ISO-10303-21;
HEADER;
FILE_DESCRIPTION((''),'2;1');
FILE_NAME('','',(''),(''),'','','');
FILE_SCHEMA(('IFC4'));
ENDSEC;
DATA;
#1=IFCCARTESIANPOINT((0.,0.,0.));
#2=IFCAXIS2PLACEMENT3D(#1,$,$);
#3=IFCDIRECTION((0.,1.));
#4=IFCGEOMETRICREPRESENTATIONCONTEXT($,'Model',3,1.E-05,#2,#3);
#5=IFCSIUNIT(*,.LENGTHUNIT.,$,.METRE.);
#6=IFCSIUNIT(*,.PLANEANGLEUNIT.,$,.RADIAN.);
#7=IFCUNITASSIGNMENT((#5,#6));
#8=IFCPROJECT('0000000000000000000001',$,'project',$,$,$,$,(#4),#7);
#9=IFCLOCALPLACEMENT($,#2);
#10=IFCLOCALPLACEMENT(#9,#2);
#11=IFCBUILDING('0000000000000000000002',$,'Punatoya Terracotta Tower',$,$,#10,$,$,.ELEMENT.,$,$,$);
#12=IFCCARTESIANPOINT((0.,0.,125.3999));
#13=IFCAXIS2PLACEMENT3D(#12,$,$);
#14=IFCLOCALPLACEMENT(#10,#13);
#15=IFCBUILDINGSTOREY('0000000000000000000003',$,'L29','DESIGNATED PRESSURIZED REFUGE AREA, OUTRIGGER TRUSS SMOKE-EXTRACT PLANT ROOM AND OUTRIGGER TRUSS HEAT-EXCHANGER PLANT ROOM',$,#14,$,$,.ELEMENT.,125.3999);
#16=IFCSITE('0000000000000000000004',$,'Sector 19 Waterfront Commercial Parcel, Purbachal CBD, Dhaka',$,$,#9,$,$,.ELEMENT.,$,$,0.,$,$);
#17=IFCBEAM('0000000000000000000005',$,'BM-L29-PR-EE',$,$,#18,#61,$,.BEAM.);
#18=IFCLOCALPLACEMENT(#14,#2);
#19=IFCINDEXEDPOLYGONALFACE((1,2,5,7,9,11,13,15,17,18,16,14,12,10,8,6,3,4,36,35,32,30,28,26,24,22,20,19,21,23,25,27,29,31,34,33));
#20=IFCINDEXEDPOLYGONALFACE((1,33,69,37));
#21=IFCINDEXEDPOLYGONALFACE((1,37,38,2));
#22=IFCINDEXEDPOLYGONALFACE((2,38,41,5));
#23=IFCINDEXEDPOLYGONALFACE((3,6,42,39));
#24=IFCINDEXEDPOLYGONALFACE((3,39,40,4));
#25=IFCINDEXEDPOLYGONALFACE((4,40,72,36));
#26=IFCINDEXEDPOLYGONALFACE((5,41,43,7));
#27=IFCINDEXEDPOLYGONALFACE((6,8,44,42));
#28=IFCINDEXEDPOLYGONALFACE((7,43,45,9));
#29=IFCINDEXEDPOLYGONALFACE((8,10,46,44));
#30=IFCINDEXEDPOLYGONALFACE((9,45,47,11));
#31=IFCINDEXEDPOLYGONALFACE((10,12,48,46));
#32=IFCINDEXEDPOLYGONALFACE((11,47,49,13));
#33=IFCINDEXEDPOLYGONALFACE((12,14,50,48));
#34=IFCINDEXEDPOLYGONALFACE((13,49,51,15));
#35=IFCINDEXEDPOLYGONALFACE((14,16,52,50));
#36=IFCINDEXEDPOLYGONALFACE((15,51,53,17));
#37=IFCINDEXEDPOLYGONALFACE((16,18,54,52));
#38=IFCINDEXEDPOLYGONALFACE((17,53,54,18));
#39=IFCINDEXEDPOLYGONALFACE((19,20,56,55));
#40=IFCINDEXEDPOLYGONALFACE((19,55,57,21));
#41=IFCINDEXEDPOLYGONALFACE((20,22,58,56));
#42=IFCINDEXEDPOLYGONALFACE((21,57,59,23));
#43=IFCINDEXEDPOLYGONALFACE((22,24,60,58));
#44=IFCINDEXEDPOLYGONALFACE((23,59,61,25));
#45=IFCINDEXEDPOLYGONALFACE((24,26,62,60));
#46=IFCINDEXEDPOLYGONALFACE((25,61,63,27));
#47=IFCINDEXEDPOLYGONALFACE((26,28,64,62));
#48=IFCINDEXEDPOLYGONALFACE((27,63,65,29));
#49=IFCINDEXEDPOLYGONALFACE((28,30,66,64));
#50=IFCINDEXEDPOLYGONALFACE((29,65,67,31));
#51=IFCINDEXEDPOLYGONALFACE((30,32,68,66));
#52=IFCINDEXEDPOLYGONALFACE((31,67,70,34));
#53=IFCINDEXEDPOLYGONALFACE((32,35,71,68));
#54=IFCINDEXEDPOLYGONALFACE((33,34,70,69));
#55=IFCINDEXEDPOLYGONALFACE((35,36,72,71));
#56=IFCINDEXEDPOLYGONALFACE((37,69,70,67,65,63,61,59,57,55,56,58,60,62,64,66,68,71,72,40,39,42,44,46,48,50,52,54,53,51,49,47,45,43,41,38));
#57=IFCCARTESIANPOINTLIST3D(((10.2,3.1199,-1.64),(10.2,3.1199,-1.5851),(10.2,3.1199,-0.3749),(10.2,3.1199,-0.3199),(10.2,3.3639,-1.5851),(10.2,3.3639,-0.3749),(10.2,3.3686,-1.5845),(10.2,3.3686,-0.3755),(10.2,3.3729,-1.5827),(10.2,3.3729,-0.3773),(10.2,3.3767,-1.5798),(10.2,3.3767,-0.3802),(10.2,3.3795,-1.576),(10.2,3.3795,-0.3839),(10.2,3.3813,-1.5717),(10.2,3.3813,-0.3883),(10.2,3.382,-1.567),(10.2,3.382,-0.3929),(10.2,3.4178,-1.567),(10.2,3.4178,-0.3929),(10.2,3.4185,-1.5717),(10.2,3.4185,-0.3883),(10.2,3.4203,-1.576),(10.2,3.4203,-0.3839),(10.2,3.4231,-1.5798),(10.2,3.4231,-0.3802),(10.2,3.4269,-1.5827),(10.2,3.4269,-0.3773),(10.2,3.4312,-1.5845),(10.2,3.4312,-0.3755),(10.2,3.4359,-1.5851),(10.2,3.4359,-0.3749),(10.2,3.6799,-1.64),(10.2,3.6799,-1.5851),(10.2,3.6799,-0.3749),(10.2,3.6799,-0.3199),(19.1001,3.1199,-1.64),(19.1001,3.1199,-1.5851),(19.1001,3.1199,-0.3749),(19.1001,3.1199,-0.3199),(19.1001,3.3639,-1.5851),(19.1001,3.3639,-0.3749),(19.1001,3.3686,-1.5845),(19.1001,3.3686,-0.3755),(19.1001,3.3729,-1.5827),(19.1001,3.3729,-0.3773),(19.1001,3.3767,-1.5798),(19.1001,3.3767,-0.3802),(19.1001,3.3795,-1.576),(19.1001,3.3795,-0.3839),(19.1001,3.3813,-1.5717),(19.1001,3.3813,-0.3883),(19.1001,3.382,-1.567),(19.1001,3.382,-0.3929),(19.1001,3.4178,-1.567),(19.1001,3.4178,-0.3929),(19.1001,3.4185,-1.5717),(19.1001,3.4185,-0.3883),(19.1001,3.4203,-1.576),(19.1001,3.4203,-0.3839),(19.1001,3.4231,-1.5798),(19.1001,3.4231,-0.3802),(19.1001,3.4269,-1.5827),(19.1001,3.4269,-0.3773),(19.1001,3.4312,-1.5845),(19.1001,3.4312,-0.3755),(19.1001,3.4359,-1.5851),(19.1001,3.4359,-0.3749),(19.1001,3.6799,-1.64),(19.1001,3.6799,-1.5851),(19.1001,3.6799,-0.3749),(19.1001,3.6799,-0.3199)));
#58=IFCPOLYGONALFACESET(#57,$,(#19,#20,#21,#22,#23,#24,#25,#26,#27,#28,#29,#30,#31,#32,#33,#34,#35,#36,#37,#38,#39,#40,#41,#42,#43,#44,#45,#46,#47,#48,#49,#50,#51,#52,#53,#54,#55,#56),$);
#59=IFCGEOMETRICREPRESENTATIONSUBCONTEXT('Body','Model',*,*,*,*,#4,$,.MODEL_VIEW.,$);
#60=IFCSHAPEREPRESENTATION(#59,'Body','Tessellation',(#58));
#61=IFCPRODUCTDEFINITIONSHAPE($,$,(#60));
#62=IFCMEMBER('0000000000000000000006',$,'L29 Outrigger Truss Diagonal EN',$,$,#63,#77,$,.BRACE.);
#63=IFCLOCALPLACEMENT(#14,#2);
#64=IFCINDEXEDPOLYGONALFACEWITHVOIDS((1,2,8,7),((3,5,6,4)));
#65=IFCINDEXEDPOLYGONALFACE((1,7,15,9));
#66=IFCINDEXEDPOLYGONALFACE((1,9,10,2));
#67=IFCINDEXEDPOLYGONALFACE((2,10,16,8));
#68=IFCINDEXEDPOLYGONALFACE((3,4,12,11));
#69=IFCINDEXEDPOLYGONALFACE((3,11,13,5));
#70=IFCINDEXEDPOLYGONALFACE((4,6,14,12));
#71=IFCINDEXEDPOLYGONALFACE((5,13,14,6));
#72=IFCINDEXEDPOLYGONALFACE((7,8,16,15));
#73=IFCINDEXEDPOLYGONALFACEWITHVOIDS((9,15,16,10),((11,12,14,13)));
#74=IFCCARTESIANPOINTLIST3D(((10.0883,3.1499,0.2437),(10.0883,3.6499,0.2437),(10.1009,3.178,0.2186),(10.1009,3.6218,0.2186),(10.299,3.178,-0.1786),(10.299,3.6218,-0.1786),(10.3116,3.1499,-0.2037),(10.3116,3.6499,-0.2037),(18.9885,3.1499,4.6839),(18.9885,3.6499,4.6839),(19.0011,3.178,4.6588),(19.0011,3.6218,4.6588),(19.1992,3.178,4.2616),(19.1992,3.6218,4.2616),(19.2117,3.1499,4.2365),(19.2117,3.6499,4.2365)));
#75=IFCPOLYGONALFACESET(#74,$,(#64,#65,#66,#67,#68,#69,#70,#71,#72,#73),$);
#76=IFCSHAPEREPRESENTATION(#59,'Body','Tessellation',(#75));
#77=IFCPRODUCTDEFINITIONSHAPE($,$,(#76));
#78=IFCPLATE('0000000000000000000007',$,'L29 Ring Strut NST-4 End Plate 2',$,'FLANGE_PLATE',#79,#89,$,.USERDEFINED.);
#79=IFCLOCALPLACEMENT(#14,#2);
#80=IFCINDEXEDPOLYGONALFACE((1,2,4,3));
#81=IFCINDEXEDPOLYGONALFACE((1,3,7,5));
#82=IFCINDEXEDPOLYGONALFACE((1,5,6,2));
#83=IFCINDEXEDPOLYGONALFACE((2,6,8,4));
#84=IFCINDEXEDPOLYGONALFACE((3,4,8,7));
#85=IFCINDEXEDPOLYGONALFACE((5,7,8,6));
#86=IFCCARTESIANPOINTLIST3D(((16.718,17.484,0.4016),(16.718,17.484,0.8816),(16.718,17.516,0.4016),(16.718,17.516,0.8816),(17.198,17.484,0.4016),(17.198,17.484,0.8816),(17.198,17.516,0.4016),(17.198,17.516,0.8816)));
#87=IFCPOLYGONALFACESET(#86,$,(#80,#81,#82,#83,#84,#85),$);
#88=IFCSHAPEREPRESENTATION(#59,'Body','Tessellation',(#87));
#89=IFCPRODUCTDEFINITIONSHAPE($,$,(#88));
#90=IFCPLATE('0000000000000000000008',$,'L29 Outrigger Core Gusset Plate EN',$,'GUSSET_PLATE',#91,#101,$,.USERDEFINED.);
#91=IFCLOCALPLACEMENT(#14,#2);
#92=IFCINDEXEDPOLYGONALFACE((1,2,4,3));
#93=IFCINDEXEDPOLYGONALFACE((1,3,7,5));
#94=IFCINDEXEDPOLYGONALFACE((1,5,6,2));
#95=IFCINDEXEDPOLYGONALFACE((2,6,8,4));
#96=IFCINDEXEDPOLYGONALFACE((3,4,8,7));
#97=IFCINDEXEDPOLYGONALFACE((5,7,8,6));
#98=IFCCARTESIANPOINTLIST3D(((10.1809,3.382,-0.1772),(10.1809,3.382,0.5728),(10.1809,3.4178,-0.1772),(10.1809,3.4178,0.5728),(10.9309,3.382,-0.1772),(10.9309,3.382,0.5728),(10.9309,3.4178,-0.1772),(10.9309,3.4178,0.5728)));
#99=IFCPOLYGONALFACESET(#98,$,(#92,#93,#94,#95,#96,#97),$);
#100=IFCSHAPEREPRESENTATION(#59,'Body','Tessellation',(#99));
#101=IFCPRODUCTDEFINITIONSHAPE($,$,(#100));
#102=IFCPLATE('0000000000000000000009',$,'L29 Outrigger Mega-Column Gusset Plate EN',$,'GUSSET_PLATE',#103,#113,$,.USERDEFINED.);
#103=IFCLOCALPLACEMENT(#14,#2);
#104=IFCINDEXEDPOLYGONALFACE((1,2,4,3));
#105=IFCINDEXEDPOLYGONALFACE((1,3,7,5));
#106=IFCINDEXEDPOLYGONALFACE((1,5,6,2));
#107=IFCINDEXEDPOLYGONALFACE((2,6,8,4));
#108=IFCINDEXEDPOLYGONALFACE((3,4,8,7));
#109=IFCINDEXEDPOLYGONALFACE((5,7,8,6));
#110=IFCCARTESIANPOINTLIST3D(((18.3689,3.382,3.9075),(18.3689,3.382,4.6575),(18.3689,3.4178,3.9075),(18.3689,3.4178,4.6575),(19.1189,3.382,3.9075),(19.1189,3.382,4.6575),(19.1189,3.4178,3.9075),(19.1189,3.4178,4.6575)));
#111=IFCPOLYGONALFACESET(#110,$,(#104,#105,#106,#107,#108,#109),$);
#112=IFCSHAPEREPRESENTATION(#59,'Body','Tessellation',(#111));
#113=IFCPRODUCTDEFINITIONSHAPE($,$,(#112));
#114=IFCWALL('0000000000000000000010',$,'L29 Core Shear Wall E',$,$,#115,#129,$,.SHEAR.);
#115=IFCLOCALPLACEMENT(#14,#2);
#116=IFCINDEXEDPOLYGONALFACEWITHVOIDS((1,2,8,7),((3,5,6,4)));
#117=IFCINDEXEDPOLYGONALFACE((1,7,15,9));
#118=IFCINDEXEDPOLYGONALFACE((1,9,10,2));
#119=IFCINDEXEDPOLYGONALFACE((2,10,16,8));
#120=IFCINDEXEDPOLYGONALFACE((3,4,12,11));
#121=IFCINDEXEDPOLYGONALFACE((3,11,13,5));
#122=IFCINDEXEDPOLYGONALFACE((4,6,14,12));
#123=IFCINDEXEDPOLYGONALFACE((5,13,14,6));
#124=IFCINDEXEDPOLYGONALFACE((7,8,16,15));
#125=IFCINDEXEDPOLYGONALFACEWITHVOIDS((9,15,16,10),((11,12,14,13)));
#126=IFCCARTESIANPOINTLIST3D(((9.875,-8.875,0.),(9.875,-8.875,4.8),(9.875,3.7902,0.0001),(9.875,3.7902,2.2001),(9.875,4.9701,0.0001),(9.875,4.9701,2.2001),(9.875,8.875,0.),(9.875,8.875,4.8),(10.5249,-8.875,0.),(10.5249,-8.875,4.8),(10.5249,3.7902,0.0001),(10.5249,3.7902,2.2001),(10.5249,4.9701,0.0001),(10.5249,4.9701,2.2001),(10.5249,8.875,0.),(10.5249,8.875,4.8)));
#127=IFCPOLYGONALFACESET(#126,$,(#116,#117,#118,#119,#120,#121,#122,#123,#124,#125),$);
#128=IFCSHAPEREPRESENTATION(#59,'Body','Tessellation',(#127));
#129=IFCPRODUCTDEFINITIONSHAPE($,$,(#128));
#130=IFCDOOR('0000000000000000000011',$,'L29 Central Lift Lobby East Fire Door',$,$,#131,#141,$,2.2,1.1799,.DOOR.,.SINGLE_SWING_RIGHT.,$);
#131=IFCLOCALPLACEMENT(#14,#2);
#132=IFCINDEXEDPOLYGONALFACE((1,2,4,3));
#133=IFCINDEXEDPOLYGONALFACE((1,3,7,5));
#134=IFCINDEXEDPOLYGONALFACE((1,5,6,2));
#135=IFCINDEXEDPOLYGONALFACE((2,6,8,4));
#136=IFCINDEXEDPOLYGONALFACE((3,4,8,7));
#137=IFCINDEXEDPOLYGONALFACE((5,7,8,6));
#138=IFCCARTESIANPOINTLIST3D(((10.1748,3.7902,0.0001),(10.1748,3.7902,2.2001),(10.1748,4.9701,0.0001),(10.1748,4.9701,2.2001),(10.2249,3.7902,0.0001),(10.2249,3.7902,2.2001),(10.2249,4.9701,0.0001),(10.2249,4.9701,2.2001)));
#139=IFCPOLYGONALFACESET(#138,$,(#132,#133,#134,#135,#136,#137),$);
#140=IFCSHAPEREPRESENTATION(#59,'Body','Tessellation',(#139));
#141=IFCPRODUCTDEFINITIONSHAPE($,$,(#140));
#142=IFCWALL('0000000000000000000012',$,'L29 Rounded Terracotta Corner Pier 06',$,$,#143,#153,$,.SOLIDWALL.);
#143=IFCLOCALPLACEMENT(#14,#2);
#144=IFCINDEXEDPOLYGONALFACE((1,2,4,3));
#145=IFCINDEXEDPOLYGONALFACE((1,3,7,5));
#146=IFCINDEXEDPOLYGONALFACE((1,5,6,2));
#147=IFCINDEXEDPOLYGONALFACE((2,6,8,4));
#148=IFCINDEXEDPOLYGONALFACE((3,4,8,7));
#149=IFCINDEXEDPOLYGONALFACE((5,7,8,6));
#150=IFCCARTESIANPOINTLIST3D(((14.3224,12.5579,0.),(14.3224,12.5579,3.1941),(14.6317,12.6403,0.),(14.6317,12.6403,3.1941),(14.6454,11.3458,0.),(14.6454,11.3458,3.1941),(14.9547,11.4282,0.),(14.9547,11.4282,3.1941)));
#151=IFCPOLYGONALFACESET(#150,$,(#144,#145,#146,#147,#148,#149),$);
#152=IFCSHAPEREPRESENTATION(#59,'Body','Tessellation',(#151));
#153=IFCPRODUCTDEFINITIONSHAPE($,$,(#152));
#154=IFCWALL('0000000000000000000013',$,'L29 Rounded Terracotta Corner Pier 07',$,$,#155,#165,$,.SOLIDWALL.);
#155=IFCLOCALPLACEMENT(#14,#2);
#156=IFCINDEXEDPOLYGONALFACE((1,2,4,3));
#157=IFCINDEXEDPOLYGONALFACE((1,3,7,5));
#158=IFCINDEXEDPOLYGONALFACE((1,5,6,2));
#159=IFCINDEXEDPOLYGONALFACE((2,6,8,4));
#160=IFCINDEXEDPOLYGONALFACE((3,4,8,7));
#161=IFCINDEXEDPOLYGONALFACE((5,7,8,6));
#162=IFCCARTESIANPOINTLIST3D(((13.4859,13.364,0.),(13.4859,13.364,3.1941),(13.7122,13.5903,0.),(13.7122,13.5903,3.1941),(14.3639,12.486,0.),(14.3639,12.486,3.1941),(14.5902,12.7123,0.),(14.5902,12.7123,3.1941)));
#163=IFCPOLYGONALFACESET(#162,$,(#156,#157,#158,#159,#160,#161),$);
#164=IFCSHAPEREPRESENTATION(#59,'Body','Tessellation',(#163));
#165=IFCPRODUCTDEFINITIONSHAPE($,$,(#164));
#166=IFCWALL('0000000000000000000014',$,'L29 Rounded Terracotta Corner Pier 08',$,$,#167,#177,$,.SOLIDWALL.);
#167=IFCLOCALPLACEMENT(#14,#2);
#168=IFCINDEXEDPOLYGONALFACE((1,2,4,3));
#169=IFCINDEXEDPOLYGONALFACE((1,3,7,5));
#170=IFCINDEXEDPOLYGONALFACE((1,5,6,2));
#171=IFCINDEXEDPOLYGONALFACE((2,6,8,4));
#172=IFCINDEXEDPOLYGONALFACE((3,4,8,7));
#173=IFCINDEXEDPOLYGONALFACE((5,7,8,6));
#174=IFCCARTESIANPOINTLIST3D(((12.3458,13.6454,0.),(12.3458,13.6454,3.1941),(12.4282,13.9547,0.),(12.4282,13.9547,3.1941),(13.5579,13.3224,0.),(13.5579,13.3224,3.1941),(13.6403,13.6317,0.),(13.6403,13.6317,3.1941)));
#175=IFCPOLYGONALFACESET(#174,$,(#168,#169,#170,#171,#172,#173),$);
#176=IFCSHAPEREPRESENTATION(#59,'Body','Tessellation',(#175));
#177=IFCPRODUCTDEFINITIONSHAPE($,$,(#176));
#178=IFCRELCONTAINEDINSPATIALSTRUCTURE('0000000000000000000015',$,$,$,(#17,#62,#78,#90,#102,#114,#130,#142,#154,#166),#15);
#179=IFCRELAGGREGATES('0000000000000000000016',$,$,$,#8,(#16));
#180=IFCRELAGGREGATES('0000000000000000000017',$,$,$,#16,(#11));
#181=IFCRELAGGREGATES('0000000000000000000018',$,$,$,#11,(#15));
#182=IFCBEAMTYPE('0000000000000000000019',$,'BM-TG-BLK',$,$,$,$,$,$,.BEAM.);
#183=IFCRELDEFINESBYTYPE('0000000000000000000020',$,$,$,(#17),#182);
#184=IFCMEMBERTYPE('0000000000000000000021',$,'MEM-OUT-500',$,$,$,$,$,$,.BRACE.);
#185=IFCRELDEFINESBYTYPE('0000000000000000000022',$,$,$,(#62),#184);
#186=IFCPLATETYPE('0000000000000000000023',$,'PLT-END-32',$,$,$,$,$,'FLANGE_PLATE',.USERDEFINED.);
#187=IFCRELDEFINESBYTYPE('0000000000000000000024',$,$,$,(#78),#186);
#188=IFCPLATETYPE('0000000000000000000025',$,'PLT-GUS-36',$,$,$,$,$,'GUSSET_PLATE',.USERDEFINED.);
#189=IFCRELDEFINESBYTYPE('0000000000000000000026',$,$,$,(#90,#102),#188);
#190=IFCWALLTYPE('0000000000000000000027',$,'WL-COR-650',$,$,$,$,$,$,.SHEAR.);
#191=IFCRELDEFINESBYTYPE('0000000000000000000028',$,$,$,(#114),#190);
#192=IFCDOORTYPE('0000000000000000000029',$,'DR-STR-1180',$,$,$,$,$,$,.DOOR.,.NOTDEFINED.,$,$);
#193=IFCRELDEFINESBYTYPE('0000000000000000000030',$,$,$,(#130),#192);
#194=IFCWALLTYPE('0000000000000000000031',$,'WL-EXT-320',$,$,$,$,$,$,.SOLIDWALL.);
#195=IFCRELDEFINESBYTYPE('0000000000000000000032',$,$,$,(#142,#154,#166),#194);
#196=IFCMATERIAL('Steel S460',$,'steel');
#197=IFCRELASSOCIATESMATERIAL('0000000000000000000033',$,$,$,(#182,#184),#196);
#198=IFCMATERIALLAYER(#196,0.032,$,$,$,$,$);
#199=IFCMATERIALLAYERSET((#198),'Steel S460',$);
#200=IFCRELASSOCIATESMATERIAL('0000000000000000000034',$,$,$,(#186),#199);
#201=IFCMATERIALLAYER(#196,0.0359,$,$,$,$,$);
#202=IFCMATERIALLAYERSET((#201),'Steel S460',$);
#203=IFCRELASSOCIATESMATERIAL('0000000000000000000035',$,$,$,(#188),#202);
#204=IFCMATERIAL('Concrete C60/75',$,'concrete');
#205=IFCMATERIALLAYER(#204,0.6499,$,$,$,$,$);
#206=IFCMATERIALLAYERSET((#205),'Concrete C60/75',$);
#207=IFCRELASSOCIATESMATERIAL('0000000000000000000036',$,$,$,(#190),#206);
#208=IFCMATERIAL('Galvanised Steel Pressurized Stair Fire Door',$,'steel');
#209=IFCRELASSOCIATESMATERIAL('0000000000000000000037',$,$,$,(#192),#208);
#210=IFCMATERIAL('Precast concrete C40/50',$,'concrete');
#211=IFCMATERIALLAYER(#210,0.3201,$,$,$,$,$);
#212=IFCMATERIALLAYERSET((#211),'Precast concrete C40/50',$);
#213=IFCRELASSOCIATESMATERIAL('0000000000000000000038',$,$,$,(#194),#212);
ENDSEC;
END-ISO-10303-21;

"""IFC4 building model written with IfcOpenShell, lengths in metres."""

from ifc_helpers import new_model, si_unit, direction, frame, frame_2d, origin, origin_2d, place, context, subcontext, project, spatial, rectangle, hollow_rectangle, i_section, extrude, material, layer, layer_set, material_profile, profile_set, type_object, element, fill, save


model = new_model("IFC4")

# Units and contexts
model_context = context("Model", 3, precision=1e-05, world=origin(), true_north=direction((0.0, 1.0)))
body_context = subcontext(model_context, "Body", "Model", "MODEL_VIEW")
ifc_project = project(units=[si_unit("LENGTHUNIT", "METRE"), si_unit("PLANEANGLEUNIT", "RADIAN")], contexts=[model_context])

# Site, building, storey
site_placement = place(None, origin())
site = spatial("IfcSite", under=ifc_project, at=site_placement, Name="Sector 19 Waterfront Commercial Parcel, Purbachal CBD, Dhaka", CompositionType="ELEMENT", RefElevation=0.0)
building_placement = place(site_placement, origin())
building = spatial("IfcBuilding", under=site, at=building_placement, Name="Punatoya Terracotta Tower", CompositionType="ELEMENT")
storey_placement = place(building_placement, frame((0.0, 0.0, 125.3999)))
storey = spatial("IfcBuildingStorey", under=building, at=storey_placement, Name="L29", Description="DESIGNATED PRESSURIZED REFUGE AREA, OUTRIGGER TRUSS SMOKE-EXTRACT PLANT ROOM AND OUTRIGGER TRUSS HEAT-EXCHANGER PLANT ROOM", CompositionType="ELEMENT", Elevation=125.3999)

# Shared definitions
ifc_material_1 = material(Name="Steel S460", Category="steel")

# Beam
ifc_material_profile_1 = material_profile(ifc_material_1, i_section(OverallWidth=0.5601, OverallDepth=1.3201, WebThickness=0.0359, FlangeThickness=0.0549, FilletRadius=0.0181, at=origin_2d()))
ifc_profile_set_1 = profile_set([ifc_material_profile_1], Name="Steel S460")
beam_type_1 = type_object("IfcBeamType", Name="BM-TG-BLK", PredefinedType="BEAM", material=ifc_profile_set_1)
beam_1_placement = place(storey_placement, frame((10.2, 3.3999, -0.98), z_axis=(1.0, 0.0, 0.0), x_axis=(0.0, 1.0, 0.0)))
element("IfcBeam", 1, at=beam_1_placement, inside=storey, type_object=beam_type_1, Name="BM-L29-PR-EE", PredefinedType="BEAM", context=body_context, shape_type="SweptSolid", body=[
    extrude(i_section(OverallWidth=0.5601, OverallDepth=1.3201, WebThickness=0.0359, FlangeThickness=0.0549, FilletRadius=0.0181, at=origin_2d()), origin(), (0.0, 0.0, 1.0), 8.9001),
])

# Member
ifc_material_profile_2 = material_profile(ifc_material_1, hollow_rectangle(XDim=0.5, YDim=0.5, WallThickness=0.0281, at=origin_2d()))
ifc_profile_set_2 = profile_set([ifc_material_profile_2], Name="Steel S460")
member_type = type_object("IfcMemberType", Name="MEM-OUT-500", PredefinedType="BRACE", material=ifc_profile_set_2)
member_placement = place(storey_placement, frame((10.2, 3.3999, 0.02), z_axis=(0.894824, 0.0, 0.446418), x_axis=(0.0, 1.0, 0.0)))
element("IfcMember", 2, at=member_placement, inside=storey, type_object=member_type, Name="L29 Outrigger Truss Diagonal EN", PredefinedType="BRACE", context=body_context, shape_type="SweptSolid", body=[
    extrude(hollow_rectangle(XDim=0.5, YDim=0.5, WallThickness=0.0281, at=origin_2d()), origin(), (0.0, 0.0, 1.0), 9.9463),
])

# Plates
ifc_layer_1 = layer(ifc_material_1, 0.032)
ifc_layer_set_1 = layer_set([ifc_layer_1], Name="Steel S460")
plate_type_1 = type_object("IfcPlateType", Name="PLT-END-32", ElementType="FLANGE_PLATE", PredefinedType="USERDEFINED", material=ifc_layer_set_1)
plate_placement = place(storey_placement, frame((16.958, 17.5, 0.4016), z_axis=(0.0, 0.0, 1.0), x_axis=(1.0, 0.0, 0.0)))
element("IfcPlate", 3, at=plate_placement, inside=storey, type_object=plate_type_1, Name="L29 Ring Strut NST-4 End Plate 2", ObjectType="FLANGE_PLATE", PredefinedType="USERDEFINED", context=body_context, shape_type="SweptSolid", body=[
    extrude(rectangle(XDim=0.48, YDim=0.032, at=origin_2d()), origin(), (0.0, 0.0, 1.0), 0.48),
])
ifc_layer_2 = layer(ifc_material_1, 0.0359)
ifc_layer_set_2 = layer_set([ifc_layer_2], Name="Steel S460")
plate_type_2 = type_object("IfcPlateType", Name="PLT-GUS-36", ElementType="GUSSET_PLATE", PredefinedType="USERDEFINED", material=ifc_layer_set_2)
for number, where, z_axis, x_axis, name in (
    (4, (10.5559, 3.3999, -0.1772), (0.0, 0.0, 1.0), (1.0, 0.0, 0.0), "L29 Outrigger Core Gusset Plate EN"),
    (5, (18.7439, 3.3999, 3.9075), (0.0, 0.0, 1.0), (1.0, 0.0, 0.0), "L29 Outrigger Mega-Column Gusset Plate EN"),
):
    element("IfcPlate", number, at=place(storey_placement, frame(where, z_axis=z_axis, x_axis=x_axis)), inside=storey, type_object=plate_type_2, Name=name, ObjectType="GUSSET_PLATE", PredefinedType="USERDEFINED", context=body_context, shape_type="SweptSolid", body=[
        extrude(rectangle(XDim=0.75, YDim=0.0359, at=origin_2d()), origin(), (0.0, 0.0, 1.0), 0.75),
    ])

# Wall, opening, door
ifc_material_2 = material(Name="Concrete C60/75", Category="concrete")
ifc_layer_3 = layer(ifc_material_2, 0.6499)
ifc_layer_set_3 = layer_set([ifc_layer_3], Name="Concrete C60/75")
wall_type_1 = type_object("IfcWallType", Name="WL-COR-650", PredefinedType="SHEAR", material=ifc_layer_set_3)
wall_1_placement = place(storey_placement, frame((10.2, 8.875, 0.0), z_axis=(0.0, 0.0, 1.0), x_axis=(0.0, -1.0, 0.0)))
wall_1 = element("IfcWall", 6, at=wall_1_placement, inside=storey, type_object=wall_type_1, Name="L29 Core Shear Wall E", PredefinedType="SHEAR", context=body_context, shape_type="SweptSolid", body=[
    extrude(rectangle(XDim=17.75, YDim=0.6499, at=frame_2d((8.875, 0.0))), origin(), (0.0, 0.0, 1.0), 4.8),
])
opening_1_placement = place(wall_1_placement, frame((3.905, 0.0, 0.0)))
opening_1 = element("IfcOpeningElement", 7, at=opening_1_placement, cuts=wall_1, PredefinedType="OPENING", context=body_context, shape_type="SweptSolid", body=[
    extrude(rectangle(XDim=1.1799, YDim=2.2, at=frame_2d((0.5898, 1.1001))), frame((0.0, 0.335, 0.0), z_axis=(0.0, -1.0, 0.0), x_axis=(1.0, 0.0, 0.0)), (0.0, 0.0, 1.0), 0.6699),
])
ifc_material_3 = material(Name="Galvanised Steel Pressurized Stair Fire Door", Category="steel")
door_type_1 = type_object("IfcDoorType", Name="DR-STR-1180", OperationType="NOTDEFINED", PredefinedType="DOOR", material=ifc_material_3)
door_1_placement = place(opening_1_placement, origin())
door_1 = element("IfcDoor", 8, at=door_1_placement, inside=storey, type_object=door_type_1, Name="L29 Central Lift Lobby East Fire Door", OperationType="SINGLE_SWING_RIGHT", OverallHeight=2.2, OverallWidth=1.1799, PredefinedType="DOOR", context=body_context, shape_type="SweptSolid", body=[
    extrude(rectangle(XDim=1.1799, YDim=2.2, at=frame_2d((0.5898, 1.1001))), frame((0.0, 0.0249, 0.0), z_axis=(0.0, -1.0, 0.0), x_axis=(1.0, 0.0, 0.0)), (0.0, 0.0, 1.0), 0.05),
])
fill(opening_1, door_1)

# Walls
ifc_material_4 = material(Name="Precast concrete C40/50", Category="concrete")
ifc_layer_4 = layer(ifc_material_4, 0.3201)
ifc_layer_set_4 = layer_set([ifc_layer_4], Name="Precast concrete C40/50")
wall_type_2 = type_object("IfcWallType", Name="WL-EXT-320", PredefinedType="SOLIDWALL", material=ifc_layer_set_4)
wall_2_placement = place(storey_placement, frame((14.8, 11.387, 0.0), z_axis=(0.0, 0.0, 1.0), x_axis=(-0.257481, 0.966283, 0.0)))
element("IfcWall", 9, at=wall_2_placement, inside=storey, type_object=wall_type_2, Name="L29 Rounded Terracotta Corner Pier 06", PredefinedType="SOLIDWALL", context=body_context, shape_type="SweptSolid", body=[
    extrude(rectangle(XDim=1.2544, YDim=0.3201, at=frame_2d((0.6272, 0.0))), origin(), (0.0, 0.0, 1.0), 3.1941),
])
wall_3_placement = place(storey_placement, frame((14.4771, 12.5991, 0.0), z_axis=(0.0, 0.0, 1.0), x_axis=(-0.707107, 0.707107, 0.0)))
element("IfcWall", 10, at=wall_3_placement, inside=storey, type_object=wall_type_2, Name="L29 Rounded Terracotta Corner Pier 07", PredefinedType="SOLIDWALL", context=body_context, shape_type="SweptSolid", body=[
    extrude(rectangle(XDim=1.2417, YDim=0.3201, at=frame_2d((0.6208, 0.0))), origin(), (0.0, 0.0, 1.0), 3.1941),
])
wall_4_placement = place(storey_placement, frame((13.5991, 13.4771, 0.0), z_axis=(0.0, 0.0, 1.0), x_axis=(-0.966283, 0.257481, 0.0)))
element("IfcWall", 11, at=wall_4_placement, inside=storey, type_object=wall_type_2, Name="L29 Rounded Terracotta Corner Pier 08", PredefinedType="SOLIDWALL", context=body_context, shape_type="SweptSolid", body=[
    extrude(rectangle(XDim=1.2544, YDim=0.3201, at=frame_2d((0.6272, 0.0))), origin(), (0.0, 0.0, 1.0), 3.1941),
])

save(model, "model.ifc")
